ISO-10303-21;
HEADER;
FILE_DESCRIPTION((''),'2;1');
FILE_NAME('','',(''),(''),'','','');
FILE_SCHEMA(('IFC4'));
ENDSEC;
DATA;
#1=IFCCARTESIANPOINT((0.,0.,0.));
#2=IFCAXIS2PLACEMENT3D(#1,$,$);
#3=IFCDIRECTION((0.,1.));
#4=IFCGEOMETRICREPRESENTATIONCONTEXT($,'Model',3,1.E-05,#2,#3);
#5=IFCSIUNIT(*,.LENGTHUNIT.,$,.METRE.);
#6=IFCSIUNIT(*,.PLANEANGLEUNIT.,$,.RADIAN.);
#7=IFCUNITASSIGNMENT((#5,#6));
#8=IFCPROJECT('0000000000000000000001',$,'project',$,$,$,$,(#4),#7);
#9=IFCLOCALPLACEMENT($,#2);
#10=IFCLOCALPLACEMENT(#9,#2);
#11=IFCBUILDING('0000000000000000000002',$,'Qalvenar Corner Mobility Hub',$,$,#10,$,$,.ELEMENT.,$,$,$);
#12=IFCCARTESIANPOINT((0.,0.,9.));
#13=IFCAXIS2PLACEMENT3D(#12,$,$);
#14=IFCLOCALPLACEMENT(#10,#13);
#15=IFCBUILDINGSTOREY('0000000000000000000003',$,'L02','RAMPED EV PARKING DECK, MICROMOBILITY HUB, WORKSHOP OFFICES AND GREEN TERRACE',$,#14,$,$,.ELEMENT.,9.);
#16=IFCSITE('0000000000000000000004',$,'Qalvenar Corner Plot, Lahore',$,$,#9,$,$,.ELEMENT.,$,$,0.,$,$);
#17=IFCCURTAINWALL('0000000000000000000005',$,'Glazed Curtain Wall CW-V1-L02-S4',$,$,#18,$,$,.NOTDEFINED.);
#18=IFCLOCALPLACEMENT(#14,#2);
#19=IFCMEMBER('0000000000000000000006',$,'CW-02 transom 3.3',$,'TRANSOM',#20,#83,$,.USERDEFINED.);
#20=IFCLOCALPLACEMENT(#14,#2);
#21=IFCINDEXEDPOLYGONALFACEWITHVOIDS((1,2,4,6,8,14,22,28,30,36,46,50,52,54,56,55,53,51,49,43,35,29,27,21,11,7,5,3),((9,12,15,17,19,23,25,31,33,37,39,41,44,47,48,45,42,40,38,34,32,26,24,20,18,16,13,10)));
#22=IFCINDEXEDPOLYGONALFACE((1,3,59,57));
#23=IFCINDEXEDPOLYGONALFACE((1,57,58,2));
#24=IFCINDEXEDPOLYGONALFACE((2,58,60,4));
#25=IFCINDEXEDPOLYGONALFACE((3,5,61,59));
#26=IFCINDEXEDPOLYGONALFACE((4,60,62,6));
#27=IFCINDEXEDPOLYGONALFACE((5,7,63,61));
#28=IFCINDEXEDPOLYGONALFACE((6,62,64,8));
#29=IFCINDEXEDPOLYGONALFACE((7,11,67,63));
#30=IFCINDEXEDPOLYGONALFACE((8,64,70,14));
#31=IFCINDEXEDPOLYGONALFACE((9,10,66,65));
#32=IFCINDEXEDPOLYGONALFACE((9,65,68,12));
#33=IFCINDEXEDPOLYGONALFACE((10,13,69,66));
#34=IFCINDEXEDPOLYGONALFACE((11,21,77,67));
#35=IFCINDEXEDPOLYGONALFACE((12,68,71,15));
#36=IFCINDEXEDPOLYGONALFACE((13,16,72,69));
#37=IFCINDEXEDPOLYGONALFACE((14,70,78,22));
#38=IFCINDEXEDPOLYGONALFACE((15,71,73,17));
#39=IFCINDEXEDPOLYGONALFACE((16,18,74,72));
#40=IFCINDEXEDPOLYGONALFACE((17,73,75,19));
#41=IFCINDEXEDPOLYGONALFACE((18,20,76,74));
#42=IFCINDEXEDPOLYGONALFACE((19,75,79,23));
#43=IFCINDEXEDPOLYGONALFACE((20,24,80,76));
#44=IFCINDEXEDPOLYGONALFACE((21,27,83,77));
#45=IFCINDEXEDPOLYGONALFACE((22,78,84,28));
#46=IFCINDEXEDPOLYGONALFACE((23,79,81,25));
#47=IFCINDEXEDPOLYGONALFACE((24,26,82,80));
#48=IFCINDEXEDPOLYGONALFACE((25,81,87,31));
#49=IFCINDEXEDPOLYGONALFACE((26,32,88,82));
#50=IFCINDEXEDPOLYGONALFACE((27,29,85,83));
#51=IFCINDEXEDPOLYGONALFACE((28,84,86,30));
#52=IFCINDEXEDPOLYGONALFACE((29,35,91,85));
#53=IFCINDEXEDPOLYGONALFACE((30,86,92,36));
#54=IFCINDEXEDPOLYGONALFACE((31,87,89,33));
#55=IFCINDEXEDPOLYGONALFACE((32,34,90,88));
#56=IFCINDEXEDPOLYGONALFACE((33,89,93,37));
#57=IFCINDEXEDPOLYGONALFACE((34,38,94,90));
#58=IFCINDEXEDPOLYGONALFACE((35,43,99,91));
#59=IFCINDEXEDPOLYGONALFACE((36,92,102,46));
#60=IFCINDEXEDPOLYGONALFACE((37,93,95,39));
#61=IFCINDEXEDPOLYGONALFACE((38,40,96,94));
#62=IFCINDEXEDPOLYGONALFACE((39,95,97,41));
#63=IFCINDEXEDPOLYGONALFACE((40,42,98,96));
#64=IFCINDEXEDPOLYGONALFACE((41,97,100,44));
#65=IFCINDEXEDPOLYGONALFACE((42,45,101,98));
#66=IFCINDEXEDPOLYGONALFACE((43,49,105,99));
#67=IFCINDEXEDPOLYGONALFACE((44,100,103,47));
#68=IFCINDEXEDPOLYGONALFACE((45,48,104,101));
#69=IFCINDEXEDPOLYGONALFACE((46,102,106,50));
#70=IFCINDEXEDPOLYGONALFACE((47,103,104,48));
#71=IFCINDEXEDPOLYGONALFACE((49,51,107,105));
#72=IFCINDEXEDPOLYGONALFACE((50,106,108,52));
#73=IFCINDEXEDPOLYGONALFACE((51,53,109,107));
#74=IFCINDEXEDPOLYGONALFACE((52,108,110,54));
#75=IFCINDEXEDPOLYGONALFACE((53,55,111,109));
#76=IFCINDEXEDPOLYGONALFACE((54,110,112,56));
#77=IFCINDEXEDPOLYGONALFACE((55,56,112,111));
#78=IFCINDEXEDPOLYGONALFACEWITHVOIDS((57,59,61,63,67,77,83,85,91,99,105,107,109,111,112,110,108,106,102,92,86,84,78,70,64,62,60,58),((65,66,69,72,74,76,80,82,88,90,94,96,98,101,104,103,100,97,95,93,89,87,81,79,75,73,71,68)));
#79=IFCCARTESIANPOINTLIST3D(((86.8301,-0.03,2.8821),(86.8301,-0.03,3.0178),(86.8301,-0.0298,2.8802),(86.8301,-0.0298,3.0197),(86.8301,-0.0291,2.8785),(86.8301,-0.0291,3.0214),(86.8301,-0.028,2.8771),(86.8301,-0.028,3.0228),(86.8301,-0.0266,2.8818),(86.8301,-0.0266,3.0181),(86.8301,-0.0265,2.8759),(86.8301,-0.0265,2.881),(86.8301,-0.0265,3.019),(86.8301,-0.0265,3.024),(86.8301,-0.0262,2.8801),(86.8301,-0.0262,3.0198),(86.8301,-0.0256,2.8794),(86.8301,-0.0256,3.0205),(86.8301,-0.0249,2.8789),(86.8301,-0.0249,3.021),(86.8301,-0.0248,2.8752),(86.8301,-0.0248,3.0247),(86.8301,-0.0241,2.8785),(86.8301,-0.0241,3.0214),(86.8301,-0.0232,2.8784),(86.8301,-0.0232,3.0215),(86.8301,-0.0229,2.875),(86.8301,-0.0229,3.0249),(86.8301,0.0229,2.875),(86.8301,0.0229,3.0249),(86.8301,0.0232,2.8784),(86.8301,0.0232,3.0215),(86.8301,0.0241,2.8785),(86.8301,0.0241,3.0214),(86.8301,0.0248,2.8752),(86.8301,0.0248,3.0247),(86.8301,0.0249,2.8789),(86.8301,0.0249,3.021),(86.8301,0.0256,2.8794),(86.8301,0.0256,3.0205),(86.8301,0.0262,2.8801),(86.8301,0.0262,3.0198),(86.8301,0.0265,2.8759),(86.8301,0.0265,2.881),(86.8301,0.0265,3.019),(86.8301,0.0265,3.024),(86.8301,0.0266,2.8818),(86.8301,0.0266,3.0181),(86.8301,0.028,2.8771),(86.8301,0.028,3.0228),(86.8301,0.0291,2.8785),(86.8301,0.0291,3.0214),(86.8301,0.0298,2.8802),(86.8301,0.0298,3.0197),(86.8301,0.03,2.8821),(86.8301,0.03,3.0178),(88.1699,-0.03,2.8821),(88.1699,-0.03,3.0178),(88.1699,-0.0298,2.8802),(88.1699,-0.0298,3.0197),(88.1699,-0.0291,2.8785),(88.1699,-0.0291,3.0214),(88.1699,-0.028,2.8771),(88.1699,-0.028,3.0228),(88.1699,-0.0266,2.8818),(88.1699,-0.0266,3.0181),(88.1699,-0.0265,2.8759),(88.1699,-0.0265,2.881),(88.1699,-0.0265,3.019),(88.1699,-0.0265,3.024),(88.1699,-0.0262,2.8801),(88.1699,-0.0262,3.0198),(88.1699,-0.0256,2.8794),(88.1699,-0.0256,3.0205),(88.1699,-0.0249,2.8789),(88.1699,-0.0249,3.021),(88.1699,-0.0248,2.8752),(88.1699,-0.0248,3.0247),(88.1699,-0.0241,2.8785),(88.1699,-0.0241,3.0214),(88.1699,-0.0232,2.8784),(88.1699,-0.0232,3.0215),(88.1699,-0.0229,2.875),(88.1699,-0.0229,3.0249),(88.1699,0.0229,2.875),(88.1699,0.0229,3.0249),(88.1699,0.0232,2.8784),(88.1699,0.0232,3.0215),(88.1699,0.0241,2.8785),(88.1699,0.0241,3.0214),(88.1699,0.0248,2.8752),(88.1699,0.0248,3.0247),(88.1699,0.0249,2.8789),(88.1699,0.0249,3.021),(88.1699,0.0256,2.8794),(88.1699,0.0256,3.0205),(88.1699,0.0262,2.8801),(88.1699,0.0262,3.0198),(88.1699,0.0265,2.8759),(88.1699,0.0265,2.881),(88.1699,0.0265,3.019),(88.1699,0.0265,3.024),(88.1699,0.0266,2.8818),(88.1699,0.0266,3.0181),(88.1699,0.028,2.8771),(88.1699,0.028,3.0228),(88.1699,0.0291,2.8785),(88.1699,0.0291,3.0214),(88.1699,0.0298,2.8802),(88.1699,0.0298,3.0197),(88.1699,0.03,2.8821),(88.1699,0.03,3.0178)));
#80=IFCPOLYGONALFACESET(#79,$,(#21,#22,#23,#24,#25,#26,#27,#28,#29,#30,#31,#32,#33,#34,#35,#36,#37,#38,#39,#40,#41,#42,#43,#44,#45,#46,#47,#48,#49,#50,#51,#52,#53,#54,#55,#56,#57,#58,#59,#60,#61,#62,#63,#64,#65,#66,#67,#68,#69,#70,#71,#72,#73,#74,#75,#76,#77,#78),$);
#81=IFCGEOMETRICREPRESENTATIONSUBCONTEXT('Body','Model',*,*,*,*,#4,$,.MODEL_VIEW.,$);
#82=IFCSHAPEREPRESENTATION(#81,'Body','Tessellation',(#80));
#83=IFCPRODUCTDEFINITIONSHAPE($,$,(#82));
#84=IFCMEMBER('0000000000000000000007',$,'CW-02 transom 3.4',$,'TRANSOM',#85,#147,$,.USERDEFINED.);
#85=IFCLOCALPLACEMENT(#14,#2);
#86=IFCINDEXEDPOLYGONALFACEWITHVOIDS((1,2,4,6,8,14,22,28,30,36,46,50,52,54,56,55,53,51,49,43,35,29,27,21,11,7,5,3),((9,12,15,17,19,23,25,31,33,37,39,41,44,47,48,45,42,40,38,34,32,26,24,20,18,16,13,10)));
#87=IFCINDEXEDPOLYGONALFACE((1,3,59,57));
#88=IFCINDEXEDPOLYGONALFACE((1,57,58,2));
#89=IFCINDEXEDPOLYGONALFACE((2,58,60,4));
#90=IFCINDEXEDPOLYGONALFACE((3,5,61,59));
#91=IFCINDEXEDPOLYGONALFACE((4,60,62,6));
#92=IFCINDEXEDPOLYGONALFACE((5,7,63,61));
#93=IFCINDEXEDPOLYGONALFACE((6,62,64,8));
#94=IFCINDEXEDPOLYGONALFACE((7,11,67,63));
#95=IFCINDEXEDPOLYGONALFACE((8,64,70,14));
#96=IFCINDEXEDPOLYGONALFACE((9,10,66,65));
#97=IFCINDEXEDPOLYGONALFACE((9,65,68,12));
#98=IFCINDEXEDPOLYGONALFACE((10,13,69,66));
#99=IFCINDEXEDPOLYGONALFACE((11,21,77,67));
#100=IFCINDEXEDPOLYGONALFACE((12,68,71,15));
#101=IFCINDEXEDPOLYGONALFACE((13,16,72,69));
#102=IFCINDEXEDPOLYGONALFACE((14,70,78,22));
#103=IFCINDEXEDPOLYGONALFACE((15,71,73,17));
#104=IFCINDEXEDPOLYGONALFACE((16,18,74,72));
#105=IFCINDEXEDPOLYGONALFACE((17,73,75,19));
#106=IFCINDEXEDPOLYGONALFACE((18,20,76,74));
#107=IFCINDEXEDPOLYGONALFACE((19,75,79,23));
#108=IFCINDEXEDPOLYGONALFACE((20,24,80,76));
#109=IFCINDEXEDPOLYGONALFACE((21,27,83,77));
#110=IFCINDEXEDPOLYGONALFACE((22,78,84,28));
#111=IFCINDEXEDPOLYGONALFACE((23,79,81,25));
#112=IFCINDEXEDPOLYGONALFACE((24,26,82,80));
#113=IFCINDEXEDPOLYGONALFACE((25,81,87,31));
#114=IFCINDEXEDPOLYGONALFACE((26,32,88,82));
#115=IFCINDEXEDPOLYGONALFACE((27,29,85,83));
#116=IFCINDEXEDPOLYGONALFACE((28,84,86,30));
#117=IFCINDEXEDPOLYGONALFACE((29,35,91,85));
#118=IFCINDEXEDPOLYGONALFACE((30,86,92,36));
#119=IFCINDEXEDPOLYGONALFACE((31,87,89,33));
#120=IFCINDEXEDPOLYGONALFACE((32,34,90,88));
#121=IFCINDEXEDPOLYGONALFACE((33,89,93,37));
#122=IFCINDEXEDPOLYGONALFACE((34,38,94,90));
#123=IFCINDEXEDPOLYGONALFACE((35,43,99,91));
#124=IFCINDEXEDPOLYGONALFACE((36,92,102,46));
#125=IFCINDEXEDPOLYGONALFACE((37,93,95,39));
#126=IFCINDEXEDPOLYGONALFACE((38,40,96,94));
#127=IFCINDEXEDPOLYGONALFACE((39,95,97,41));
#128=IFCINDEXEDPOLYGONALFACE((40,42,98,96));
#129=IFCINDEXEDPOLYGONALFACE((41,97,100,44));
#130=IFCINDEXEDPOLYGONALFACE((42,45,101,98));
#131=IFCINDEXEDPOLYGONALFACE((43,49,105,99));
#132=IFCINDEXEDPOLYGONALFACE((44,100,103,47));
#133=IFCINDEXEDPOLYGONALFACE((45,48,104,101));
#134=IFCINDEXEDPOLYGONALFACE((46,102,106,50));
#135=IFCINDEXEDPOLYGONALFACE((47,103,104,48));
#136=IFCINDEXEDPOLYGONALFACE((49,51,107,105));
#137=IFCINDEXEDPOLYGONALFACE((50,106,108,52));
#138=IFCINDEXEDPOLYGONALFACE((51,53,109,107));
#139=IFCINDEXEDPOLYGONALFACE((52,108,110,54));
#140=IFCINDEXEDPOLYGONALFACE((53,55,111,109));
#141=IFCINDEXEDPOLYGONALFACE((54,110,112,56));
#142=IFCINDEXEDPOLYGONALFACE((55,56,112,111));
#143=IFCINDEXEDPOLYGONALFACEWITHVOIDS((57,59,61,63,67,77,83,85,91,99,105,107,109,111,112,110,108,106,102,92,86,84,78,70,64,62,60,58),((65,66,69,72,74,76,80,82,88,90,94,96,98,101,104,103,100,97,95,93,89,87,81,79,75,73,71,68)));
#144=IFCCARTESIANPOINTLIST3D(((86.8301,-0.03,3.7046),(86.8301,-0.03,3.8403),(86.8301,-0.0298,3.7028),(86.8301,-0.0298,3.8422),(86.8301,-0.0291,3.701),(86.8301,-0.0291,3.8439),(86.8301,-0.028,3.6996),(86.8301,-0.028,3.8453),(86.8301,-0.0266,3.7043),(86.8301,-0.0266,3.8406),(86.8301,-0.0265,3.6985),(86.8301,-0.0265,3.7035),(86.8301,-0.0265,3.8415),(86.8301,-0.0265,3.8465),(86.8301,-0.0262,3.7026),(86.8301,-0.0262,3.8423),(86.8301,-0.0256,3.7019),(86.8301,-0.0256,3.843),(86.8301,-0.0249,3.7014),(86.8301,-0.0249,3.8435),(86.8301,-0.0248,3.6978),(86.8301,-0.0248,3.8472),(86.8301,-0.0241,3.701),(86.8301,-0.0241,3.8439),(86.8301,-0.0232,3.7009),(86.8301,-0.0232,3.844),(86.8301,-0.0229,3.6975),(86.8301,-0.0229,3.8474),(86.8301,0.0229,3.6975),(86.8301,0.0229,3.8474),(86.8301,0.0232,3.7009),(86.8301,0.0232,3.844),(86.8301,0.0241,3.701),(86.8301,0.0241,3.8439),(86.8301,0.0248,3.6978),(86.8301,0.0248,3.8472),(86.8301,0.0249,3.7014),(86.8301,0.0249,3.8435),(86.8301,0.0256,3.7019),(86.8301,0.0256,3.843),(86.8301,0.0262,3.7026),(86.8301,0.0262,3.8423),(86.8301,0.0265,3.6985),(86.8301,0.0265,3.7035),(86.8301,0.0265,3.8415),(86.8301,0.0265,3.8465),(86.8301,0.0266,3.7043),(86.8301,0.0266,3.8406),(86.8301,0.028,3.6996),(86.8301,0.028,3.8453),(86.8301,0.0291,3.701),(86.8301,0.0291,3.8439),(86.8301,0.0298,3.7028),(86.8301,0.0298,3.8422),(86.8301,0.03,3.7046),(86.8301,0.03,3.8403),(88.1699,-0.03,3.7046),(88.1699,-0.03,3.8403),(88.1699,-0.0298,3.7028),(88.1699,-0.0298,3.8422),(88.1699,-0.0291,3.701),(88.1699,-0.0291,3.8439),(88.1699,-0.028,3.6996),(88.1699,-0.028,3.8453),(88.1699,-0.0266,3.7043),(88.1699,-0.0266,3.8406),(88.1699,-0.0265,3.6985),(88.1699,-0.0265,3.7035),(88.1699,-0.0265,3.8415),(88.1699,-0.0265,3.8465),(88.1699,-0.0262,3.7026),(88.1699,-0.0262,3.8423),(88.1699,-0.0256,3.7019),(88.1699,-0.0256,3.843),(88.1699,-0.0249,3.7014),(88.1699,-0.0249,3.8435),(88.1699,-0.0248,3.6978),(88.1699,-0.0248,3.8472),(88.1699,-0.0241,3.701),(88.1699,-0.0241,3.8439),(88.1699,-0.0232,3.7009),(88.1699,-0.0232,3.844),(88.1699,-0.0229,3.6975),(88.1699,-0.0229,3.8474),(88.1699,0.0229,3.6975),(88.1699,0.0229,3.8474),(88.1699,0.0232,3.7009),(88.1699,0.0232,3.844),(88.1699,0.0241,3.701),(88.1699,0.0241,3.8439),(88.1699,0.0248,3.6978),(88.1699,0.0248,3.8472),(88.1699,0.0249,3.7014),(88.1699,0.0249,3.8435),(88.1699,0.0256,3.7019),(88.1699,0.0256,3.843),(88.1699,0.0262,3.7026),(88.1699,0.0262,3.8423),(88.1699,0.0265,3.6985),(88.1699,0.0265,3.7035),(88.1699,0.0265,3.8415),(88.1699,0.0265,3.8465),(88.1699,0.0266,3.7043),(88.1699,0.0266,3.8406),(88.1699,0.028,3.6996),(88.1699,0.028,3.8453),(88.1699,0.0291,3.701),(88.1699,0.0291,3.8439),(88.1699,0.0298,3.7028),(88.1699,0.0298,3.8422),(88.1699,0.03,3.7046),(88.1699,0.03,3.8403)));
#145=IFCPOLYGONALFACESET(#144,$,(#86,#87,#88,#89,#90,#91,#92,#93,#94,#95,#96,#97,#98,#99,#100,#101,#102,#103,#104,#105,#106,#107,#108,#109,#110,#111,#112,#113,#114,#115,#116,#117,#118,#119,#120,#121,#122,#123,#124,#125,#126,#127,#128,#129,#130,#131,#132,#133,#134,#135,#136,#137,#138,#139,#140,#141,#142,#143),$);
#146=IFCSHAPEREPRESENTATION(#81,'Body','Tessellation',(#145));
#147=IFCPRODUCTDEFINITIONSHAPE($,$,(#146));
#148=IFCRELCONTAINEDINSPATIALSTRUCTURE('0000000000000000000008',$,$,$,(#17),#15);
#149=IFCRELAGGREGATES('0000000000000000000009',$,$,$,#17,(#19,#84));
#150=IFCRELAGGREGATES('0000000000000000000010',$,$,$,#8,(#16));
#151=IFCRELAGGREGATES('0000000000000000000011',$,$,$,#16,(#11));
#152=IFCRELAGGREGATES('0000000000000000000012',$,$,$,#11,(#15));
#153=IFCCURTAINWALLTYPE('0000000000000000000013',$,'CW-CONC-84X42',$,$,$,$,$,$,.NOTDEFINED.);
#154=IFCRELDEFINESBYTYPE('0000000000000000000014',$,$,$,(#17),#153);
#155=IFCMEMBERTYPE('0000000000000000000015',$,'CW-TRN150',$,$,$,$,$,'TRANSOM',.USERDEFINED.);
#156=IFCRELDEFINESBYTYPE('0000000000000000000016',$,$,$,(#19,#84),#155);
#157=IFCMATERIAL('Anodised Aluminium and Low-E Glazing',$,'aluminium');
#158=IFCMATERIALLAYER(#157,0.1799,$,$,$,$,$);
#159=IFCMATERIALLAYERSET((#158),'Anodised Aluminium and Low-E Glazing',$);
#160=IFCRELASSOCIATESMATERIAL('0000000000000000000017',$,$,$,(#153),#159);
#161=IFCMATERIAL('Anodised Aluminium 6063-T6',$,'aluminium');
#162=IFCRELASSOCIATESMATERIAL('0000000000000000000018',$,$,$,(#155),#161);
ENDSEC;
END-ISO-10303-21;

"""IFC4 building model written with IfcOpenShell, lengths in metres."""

from ifc_helpers import new_model, si_unit, direction, frame, origin, origin_2d, place, context, subcontext, project, spatial, hollow_rectangle, extrude, material, layer, layer_set, material_profile, profile_set, type_object, element, aggregate, save


model = new_model("IFC4")

# Units and contexts
model_context = context("Model", 3, precision=1e-05, world=origin(), true_north=direction((0.0, 1.0)))
body_context = subcontext(model_context, "Body", "Model", "MODEL_VIEW")
ifc_project = project(units=[si_unit("LENGTHUNIT", "METRE"), si_unit("PLANEANGLEUNIT", "RADIAN")], contexts=[model_context])

# Site, building, storey
site_placement = place(None, origin())
site = spatial("IfcSite", under=ifc_project, at=site_placement, Name="Qalvenar Corner Plot, Lahore", CompositionType="ELEMENT", RefElevation=0.0)
building_placement = place(site_placement, origin())
building = spatial("IfcBuilding", under=site, at=building_placement, Name="Qalvenar Corner Mobility Hub", CompositionType="ELEMENT")
storey_placement = place(building_placement, frame((0.0, 0.0, 9.0)))
storey = spatial("IfcBuildingStorey", under=building, at=storey_placement, Name="L02", Description="RAMPED EV PARKING DECK, MICROMOBILITY HUB, WORKSHOP OFFICES AND GREEN TERRACE", CompositionType="ELEMENT", Elevation=9.0)

# Curtain wall, members
ifc_material_1 = material(Name="Anodised Aluminium and Low-E Glazing", Category="aluminium")
ifc_layer_1 = layer(ifc_material_1, 0.1799)
ifc_layer_set_1 = layer_set([ifc_layer_1], Name="Anodised Aluminium and Low-E Glazing")
curtain_wall_type = type_object("IfcCurtainWallType", Name="CW-CONC-84X42", PredefinedType="NOTDEFINED", material=ifc_layer_set_1)
curtain_wall_placement = place(storey_placement, origin())
curtain_wall = element("IfcCurtainWall", 1, at=curtain_wall_placement, inside=storey, type_object=curtain_wall_type, Name="Glazed Curtain Wall CW-V1-L02-S4", PredefinedType="NOTDEFINED")
ifc_material_2 = material(Name="Anodised Aluminium 6063-T6", Category="aluminium")
ifc_material_profile_1 = material_profile(ifc_material_2, hollow_rectangle(XDim=0.0601, YDim=0.1499, WallThickness=0.0034, InnerFilletRadius=0.0034, OuterFilletRadius=0.0071, at=origin_2d()), Name="RHS150x60x3.5")
ifc_profile_set_1 = profile_set([ifc_material_profile_1], Name="Anodised Aluminium 6063-T6")
member_type_1 = type_object("IfcMemberType", Name="CW-TRN150", ElementType="TRANSOM", PredefinedType="USERDEFINED", material=ifc_profile_set_1)
member_1_placement = place(storey_placement, frame((86.8301, 0.0, 2.95), z_axis=(1.0, 0.0, 0.0), x_axis=(0.0, 1.0, 0.0)))
member_1 = element("IfcMember", 2, at=member_1_placement, type_object=member_type_1, Name="CW-02 transom 3.3", ObjectType="TRANSOM", PredefinedType="USERDEFINED", context=body_context, shape_type="SweptSolid", body=[
    extrude(hollow_rectangle(XDim=0.0601, YDim=0.1499, WallThickness=0.0034, InnerFilletRadius=0.0034, OuterFilletRadius=0.0071, at=origin_2d()), origin(), (0.0, 0.0, 1.0), 1.3398),
])
member_2_placement = place(storey_placement, frame((86.8301, 0.0, 3.7725), z_axis=(1.0, 0.0, 0.0), x_axis=(0.0, 1.0, 0.0)))
member_2 = element("IfcMember", 3, at=member_2_placement, type_object=member_type_1, Name="CW-02 transom 3.4", ObjectType="TRANSOM", PredefinedType="USERDEFINED", context=body_context, shape_type="SweptSolid", body=[
    extrude(hollow_rectangle(XDim=0.0601, YDim=0.1499, WallThickness=0.0034, InnerFilletRadius=0.0034, OuterFilletRadius=0.0071, at=origin_2d()), origin(), (0.0, 0.0, 1.0), 1.3398),
])
aggregate(curtain_wall, [member_1, member_2])

save(model, "model.ifc")
